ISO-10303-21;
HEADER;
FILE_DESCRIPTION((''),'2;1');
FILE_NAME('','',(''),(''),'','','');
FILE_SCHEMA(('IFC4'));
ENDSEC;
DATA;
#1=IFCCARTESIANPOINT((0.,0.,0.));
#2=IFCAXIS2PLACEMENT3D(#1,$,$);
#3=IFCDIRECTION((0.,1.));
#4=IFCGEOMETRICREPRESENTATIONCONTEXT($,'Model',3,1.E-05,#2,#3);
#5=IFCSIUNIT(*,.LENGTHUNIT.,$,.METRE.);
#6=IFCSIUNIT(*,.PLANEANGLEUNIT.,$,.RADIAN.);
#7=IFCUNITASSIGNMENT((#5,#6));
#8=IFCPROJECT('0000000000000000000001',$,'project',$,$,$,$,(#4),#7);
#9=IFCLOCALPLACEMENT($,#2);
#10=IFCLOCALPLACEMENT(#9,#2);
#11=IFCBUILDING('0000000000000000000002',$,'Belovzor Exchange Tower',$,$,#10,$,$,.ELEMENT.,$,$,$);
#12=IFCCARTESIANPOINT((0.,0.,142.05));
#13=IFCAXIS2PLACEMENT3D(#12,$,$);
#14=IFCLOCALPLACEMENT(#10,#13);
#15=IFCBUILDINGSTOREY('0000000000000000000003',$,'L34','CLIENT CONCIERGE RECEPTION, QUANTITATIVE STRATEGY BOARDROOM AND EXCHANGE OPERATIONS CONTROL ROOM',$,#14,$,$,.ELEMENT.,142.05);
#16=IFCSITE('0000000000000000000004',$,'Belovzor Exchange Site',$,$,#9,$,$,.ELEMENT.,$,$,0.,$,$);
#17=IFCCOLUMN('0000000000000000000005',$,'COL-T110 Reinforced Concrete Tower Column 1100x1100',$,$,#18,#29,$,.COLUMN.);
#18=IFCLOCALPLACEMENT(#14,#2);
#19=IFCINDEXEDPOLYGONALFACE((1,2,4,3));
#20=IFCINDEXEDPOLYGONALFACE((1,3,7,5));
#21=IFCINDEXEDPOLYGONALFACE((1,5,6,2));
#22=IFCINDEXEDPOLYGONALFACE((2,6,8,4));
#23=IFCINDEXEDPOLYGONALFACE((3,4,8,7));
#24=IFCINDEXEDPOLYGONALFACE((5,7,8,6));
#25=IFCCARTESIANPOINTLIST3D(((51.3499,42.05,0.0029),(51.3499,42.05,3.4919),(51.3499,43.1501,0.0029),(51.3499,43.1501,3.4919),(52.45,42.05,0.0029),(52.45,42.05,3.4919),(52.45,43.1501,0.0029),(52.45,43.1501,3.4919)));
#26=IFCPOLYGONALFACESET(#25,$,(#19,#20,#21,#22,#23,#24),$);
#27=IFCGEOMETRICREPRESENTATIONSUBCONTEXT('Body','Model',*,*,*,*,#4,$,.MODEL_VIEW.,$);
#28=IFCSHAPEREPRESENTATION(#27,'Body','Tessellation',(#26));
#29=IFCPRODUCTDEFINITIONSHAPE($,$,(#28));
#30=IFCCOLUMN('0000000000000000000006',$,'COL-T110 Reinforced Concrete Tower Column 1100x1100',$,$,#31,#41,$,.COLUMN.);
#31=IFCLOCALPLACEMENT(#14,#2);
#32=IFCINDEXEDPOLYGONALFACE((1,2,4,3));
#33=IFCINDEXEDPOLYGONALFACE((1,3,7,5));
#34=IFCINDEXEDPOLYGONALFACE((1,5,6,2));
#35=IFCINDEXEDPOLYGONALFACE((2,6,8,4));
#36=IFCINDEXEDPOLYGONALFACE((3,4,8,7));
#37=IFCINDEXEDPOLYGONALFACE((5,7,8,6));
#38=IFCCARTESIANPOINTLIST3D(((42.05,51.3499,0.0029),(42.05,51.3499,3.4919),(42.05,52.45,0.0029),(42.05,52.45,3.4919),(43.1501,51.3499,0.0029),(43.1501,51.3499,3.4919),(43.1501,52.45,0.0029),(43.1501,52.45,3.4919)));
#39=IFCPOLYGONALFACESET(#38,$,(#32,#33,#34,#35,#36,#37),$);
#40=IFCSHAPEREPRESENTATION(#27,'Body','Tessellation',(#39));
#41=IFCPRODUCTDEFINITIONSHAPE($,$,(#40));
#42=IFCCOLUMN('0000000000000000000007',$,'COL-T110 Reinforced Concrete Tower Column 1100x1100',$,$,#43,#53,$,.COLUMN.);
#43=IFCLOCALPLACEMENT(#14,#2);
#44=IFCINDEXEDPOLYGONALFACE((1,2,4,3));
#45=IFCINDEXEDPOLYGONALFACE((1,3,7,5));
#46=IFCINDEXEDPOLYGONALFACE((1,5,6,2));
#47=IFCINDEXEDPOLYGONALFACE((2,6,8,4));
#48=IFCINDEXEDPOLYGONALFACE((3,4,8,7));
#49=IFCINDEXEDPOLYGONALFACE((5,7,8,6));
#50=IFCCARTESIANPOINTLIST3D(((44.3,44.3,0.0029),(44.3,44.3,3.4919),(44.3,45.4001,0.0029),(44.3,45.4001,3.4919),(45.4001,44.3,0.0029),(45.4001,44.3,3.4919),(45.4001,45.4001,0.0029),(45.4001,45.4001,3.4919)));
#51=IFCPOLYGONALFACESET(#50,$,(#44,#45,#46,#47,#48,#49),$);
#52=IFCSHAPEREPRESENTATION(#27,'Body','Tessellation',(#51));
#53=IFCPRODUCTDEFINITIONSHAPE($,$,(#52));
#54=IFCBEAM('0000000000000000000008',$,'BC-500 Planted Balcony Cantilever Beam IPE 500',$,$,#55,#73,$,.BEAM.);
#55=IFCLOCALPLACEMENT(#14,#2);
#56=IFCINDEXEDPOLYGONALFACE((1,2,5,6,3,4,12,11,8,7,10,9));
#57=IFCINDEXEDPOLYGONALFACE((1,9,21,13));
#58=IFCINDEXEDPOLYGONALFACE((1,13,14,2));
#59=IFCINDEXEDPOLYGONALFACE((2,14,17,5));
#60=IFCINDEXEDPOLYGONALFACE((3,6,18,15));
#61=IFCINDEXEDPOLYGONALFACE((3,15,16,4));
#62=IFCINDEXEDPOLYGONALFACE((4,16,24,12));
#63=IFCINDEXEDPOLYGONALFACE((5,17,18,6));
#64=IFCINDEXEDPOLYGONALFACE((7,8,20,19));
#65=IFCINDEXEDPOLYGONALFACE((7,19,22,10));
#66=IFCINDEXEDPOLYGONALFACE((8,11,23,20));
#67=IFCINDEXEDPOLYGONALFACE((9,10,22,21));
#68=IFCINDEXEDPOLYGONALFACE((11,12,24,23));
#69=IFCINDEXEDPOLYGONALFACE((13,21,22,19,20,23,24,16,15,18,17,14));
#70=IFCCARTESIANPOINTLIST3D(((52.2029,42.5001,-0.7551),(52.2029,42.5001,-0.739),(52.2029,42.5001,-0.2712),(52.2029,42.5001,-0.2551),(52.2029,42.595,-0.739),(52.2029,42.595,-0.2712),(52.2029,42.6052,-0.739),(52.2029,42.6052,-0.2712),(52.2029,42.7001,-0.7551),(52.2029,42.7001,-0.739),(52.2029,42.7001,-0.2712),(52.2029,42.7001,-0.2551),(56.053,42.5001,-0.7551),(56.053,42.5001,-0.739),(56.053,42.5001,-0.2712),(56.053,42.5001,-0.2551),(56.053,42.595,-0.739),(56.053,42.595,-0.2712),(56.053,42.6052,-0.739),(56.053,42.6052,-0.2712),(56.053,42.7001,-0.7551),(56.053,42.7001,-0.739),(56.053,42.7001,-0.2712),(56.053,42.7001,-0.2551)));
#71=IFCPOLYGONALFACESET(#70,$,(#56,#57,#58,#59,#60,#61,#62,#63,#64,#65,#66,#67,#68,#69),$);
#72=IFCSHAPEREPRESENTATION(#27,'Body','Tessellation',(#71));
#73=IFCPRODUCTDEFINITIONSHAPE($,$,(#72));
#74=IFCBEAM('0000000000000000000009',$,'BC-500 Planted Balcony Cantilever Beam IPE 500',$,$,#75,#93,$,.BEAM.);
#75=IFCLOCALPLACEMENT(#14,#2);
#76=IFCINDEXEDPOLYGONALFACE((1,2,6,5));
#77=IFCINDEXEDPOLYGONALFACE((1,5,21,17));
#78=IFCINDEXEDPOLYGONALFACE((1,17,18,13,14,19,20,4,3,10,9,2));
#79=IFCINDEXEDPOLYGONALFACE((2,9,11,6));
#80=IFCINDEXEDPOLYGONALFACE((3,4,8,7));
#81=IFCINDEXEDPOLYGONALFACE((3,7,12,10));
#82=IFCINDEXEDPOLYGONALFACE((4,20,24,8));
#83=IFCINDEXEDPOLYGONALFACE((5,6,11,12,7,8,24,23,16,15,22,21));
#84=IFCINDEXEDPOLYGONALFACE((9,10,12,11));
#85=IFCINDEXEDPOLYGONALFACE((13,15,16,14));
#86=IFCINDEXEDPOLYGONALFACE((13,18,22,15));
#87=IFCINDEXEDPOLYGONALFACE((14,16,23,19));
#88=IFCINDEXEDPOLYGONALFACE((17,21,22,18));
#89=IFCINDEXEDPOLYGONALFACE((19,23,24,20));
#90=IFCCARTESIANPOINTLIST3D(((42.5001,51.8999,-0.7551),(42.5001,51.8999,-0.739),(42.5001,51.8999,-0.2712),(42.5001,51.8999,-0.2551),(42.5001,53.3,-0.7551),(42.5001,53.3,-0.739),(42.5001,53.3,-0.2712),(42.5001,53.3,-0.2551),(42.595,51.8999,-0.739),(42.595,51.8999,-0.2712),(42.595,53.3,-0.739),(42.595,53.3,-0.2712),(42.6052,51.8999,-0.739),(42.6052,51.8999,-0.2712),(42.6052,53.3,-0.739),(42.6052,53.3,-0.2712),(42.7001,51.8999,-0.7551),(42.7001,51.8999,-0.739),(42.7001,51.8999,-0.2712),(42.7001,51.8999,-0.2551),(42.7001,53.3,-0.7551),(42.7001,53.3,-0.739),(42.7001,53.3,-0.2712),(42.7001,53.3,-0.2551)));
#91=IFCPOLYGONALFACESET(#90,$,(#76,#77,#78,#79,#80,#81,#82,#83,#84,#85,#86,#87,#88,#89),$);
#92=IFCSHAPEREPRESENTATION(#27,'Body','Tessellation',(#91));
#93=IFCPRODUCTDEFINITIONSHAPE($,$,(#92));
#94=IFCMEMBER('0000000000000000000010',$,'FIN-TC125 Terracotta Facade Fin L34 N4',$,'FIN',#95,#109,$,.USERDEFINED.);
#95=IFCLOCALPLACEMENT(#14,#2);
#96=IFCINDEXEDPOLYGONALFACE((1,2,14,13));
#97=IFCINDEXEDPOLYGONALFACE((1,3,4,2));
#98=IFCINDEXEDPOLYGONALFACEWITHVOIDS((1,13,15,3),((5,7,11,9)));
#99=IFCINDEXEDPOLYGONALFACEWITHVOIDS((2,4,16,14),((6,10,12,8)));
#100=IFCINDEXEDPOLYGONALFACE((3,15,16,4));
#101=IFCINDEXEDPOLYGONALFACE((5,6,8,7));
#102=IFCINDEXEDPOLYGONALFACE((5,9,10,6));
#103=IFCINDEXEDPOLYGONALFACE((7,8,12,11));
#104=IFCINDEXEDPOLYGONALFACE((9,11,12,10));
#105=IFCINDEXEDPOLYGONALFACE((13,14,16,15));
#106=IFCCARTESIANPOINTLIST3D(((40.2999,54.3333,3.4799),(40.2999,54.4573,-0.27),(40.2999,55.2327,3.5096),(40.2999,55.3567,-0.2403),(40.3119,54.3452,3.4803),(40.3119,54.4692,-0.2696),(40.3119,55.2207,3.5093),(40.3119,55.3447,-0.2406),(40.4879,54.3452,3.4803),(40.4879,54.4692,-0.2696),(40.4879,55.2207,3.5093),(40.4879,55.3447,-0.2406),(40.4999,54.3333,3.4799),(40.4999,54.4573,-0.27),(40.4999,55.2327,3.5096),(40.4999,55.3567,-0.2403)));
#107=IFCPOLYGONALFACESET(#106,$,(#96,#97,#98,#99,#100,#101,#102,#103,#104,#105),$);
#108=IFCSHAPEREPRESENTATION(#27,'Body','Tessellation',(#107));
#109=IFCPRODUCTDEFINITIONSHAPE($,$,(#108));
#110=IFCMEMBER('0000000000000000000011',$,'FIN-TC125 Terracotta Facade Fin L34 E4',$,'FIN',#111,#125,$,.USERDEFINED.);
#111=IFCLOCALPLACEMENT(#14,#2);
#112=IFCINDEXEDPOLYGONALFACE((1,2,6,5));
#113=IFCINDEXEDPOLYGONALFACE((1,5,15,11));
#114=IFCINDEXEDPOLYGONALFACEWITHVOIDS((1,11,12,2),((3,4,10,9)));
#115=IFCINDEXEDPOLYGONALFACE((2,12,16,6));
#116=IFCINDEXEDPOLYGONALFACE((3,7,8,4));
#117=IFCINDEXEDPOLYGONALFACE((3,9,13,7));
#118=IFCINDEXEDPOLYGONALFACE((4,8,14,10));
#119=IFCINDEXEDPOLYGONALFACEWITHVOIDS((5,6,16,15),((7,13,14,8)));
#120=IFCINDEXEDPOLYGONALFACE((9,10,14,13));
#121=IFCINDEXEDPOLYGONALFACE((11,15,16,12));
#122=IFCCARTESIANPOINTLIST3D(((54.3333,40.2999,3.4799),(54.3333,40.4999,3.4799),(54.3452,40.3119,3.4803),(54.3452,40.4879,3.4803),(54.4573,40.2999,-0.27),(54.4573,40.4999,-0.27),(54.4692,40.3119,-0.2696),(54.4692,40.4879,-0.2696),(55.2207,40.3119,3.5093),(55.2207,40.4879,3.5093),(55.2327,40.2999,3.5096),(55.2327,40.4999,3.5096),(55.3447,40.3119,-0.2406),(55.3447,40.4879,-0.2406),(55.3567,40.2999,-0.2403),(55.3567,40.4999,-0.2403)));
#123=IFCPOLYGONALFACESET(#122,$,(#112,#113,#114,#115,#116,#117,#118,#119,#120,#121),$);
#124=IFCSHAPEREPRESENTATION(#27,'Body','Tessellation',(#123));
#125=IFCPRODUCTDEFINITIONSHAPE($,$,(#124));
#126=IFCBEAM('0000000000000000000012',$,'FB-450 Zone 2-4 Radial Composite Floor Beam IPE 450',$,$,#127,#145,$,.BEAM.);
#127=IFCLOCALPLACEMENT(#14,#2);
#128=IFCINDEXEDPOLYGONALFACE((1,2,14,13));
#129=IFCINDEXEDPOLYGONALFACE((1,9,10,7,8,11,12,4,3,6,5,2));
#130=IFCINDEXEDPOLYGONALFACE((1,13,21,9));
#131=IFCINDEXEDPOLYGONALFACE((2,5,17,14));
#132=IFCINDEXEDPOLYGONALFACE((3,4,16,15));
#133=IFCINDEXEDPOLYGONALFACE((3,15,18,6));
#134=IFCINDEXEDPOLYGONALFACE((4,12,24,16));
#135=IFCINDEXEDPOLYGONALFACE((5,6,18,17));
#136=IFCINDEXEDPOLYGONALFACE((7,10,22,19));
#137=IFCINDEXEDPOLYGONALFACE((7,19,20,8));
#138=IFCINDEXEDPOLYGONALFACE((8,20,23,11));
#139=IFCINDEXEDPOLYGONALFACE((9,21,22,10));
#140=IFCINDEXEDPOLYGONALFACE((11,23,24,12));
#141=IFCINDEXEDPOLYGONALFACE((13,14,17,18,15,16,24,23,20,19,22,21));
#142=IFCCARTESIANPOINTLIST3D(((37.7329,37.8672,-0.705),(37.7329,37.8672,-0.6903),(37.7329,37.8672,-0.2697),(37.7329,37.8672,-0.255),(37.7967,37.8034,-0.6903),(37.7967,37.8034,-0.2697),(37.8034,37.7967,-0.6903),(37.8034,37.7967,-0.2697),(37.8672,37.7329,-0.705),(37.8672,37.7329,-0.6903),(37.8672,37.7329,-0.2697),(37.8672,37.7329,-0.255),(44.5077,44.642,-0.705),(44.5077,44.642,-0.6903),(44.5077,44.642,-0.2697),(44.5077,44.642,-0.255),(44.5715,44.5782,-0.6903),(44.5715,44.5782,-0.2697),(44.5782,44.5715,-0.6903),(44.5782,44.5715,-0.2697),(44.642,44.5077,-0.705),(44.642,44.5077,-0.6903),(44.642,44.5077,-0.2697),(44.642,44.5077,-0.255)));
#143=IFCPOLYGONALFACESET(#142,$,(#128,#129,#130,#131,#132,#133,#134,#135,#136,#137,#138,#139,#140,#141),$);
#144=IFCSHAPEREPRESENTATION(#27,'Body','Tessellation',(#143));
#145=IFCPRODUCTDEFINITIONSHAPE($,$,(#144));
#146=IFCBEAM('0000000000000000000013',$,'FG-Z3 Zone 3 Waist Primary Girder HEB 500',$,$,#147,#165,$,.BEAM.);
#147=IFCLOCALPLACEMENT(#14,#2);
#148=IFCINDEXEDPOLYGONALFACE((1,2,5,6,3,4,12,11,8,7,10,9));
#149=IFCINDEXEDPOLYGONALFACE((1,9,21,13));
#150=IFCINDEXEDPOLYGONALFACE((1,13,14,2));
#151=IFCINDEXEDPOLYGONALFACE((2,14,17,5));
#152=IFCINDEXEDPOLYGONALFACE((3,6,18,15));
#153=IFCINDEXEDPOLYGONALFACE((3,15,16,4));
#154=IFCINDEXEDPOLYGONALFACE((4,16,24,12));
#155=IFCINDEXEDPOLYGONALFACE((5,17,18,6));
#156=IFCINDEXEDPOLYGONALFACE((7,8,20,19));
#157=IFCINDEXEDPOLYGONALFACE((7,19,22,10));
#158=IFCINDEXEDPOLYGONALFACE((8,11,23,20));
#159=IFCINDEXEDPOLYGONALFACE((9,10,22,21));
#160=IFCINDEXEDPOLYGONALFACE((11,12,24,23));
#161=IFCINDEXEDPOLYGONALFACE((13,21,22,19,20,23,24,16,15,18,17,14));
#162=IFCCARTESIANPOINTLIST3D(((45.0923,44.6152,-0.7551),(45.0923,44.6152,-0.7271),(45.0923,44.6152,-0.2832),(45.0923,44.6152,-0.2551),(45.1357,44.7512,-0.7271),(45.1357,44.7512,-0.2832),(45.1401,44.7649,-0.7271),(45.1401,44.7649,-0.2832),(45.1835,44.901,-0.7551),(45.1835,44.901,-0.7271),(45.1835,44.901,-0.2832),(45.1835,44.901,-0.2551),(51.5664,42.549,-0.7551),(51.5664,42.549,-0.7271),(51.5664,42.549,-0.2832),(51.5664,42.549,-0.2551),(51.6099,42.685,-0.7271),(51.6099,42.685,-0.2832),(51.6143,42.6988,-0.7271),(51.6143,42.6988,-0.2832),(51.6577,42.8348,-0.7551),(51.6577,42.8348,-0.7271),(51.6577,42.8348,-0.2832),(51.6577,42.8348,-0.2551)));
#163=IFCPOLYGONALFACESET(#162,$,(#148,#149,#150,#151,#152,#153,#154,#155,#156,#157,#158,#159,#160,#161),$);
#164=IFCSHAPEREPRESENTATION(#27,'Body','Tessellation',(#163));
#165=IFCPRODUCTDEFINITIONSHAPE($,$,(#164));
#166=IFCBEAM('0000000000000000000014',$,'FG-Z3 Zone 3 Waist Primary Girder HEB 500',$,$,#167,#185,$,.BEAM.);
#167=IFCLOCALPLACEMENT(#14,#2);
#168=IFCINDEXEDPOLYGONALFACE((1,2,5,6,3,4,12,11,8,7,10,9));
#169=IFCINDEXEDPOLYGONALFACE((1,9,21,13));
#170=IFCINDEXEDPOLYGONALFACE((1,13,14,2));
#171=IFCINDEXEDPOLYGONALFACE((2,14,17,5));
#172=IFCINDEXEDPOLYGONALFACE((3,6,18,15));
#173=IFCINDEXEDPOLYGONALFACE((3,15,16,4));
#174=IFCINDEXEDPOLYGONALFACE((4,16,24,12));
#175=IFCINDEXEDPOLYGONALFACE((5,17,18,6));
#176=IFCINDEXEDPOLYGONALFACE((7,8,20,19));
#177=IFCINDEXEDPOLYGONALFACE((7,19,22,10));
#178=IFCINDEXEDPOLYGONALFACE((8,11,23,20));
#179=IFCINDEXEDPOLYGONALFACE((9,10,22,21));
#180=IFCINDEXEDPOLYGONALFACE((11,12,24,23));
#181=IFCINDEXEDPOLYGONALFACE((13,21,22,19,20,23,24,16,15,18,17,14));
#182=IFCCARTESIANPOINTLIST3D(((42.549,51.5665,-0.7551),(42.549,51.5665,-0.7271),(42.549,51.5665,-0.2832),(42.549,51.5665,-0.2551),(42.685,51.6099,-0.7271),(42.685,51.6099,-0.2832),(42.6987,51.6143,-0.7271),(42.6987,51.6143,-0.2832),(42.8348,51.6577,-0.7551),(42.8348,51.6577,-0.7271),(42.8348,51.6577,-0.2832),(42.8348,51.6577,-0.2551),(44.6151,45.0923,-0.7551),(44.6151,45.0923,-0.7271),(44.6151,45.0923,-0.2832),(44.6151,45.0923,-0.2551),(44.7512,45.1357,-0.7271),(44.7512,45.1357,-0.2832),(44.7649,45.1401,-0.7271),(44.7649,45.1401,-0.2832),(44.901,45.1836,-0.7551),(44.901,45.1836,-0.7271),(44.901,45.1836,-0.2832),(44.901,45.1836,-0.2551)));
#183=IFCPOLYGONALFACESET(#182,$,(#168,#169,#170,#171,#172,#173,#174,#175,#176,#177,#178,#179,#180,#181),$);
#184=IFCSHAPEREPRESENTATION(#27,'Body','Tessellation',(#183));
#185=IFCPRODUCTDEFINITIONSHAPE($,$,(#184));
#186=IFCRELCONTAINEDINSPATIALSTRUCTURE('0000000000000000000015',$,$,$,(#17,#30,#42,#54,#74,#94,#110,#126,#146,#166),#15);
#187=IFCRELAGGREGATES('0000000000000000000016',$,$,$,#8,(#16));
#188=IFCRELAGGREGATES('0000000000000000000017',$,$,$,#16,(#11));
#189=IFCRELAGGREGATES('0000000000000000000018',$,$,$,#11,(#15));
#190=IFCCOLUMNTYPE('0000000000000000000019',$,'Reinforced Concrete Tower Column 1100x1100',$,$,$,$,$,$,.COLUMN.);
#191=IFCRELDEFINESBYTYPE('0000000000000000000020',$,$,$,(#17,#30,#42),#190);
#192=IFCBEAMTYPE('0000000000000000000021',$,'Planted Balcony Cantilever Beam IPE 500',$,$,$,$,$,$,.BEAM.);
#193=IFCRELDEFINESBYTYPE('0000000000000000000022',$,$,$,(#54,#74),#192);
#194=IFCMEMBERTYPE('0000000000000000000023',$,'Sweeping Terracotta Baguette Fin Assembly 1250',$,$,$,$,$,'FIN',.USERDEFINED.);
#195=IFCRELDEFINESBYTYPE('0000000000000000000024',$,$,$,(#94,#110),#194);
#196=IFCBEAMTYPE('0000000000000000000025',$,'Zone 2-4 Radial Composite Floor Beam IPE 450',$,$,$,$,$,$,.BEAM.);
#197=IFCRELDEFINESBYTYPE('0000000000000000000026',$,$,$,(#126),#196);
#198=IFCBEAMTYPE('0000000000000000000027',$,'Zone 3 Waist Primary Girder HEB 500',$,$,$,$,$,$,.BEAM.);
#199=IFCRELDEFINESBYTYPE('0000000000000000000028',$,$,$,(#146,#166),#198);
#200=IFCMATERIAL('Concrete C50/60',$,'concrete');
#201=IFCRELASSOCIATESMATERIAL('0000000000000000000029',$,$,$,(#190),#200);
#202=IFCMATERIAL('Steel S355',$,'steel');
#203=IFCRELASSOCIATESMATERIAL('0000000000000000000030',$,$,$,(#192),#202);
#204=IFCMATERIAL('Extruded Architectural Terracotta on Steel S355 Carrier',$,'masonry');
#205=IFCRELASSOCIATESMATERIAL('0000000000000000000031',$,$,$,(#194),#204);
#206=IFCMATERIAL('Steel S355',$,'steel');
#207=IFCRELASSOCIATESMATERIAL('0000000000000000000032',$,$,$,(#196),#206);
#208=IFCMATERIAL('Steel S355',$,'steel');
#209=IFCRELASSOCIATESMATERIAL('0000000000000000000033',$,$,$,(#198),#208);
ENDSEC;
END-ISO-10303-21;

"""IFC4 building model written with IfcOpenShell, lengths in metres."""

from ifc_helpers import new_model, si_unit, direction, frame, origin, origin_2d, place, context, subcontext, project, spatial, rectangle, hollow_rectangle, i_section, extrude, material, material_profile, profile_set, type_object, element, save


model = new_model("IFC4")

# Units and contexts
model_context = context("Model", 3, precision=1e-05, world=origin(), true_north=direction((0.0, 1.0)))
body_context = subcontext(model_context, "Body", "Model", "MODEL_VIEW")
ifc_project = project(units=[si_unit("LENGTHUNIT", "METRE"), si_unit("PLANEANGLEUNIT", "RADIAN")], contexts=[model_context])

# Site, building, storey
site_placement = place(None, origin())
site = spatial("IfcSite", under=ifc_project, at=site_placement, Name="Belovzor Exchange Site", CompositionType="ELEMENT", RefElevation=0.0)
building_placement = place(site_placement, origin())
building = spatial("IfcBuilding", under=site, at=building_placement, Name="Belovzor Exchange Tower", CompositionType="ELEMENT")
storey_placement = place(building_placement, frame((0.0, 0.0, 142.05)))
storey = spatial("IfcBuildingStorey", under=building, at=storey_placement, Name="L34", Description="CLIENT CONCIERGE RECEPTION, QUANTITATIVE STRATEGY BOARDROOM AND EXCHANGE OPERATIONS CONTROL ROOM", CompositionType="ELEMENT", Elevation=142.05)

# Columns
ifc_material_1 = material(Name="Concrete C50/60", Category="concrete")
ifc_material_profile_1 = material_profile(ifc_material_1, rectangle(XDim=1.1001, YDim=1.1001, at=origin_2d()))
ifc_profile_set_1 = profile_set([ifc_material_profile_1], Name="Concrete C50/60")
column_type = type_object("IfcColumnType", Name="Reinforced Concrete Tower Column 1100x1100", PredefinedType="COLUMN", material=ifc_profile_set_1)
for number, where, z_axis, x_axis, name in (
    (1, (51.8999, 42.6001, 0.0029), (0.0, 0.0, 1.0), (1.0, 0.0, 0.0), "COL-T110 Reinforced Concrete Tower Column 1100x1100"),
    (2, (42.6001, 51.8999, 0.0029), (0.0, 0.0, 1.0), (1.0, 0.0, 0.0), "COL-T110 Reinforced Concrete Tower Column 1100x1100"),
    (3, (44.8501, 44.8501, 0.0029), (0.0, 0.0, 1.0), (1.0, 0.0, 0.0), "COL-T110 Reinforced Concrete Tower Column 1100x1100"),
):
    element("IfcColumn", number, at=place(storey_placement, frame(where, z_axis=z_axis, x_axis=x_axis)), inside=storey, type_object=column_type, Name=name, PredefinedType="COLUMN", context=body_context, shape_type="SweptSolid", body=[
        extrude(rectangle(XDim=1.1001, YDim=1.1001, at=origin_2d()), origin(), (0.0, 0.0, 1.0), 3.489),
    ])

# Beams
ifc_material_2 = material(Name="Steel S355", Category="steel")
ifc_material_profile_2 = material_profile(ifc_material_2, i_section(OverallWidth=0.2, OverallDepth=0.5, WebThickness=0.0103, FlangeThickness=0.0161, at=origin_2d()))
ifc_profile_set_2 = profile_set([ifc_material_profile_2], Name="Steel S355")
beam_type_1 = type_object("IfcBeamType", Name="Planted Balcony Cantilever Beam IPE 500", PredefinedType="BEAM", material=ifc_profile_set_2)
beam_1_placement = place(storey_placement, frame((52.2029, 42.6001, -0.5051), z_axis=(1.0, 0.0, 0.0), x_axis=(0.0, 1.0, 0.0)))
element("IfcBeam", 4, at=beam_1_placement, inside=storey, type_object=beam_type_1, Name="BC-500 Planted Balcony Cantilever Beam IPE 500", PredefinedType="BEAM", context=body_context, shape_type="SweptSolid", body=[
    extrude(i_section(OverallWidth=0.2, OverallDepth=0.5, WebThickness=0.0103, FlangeThickness=0.0161, at=origin_2d()), origin(), (0.0, 0.0, 1.0), 3.8501),
])
beam_2_placement = place(storey_placement, frame((42.6001, 51.8999, -0.5051), z_axis=(0.0, 1.0, 0.0), x_axis=(-1.0, 0.0, 0.0)))
element("IfcBeam", 5, at=beam_2_placement, inside=storey, type_object=beam_type_1, Name="BC-500 Planted Balcony Cantilever Beam IPE 500", PredefinedType="BEAM", context=body_context, shape_type="SweptSolid", body=[
    extrude(i_section(OverallWidth=0.2, OverallDepth=0.5, WebThickness=0.0103, FlangeThickness=0.0161, at=origin_2d()), origin(), (0.0, 0.0, 1.0), 1.4001),
])

# Members
ifc_material_3 = material(Name="Extruded Architectural Terracotta on Steel S355 Carrier", Category="masonry")
ifc_material_profile_3 = material_profile(ifc_material_3, hollow_rectangle(XDim=0.2, YDim=0.8999, WallThickness=0.012, at=origin_2d()))
ifc_profile_set_3 = profile_set([ifc_material_profile_3], Name="Extruded Architectural Terracotta on Steel S355 Carrier")
member_type = type_object("IfcMemberType", Name="Sweeping Terracotta Baguette Fin Assembly 1250", ElementType="FIN", PredefinedType="USERDEFINED", material=ifc_profile_set_3)
for number, where, z_axis, x_axis, name in (
    (6, (40.3999, 54.907, -0.2551), (0.0, -0.033055, 0.999454), (1.0, 0.0, 0.0), "FIN-TC125 Terracotta Facade Fin L34 N4"),
    (7, (54.907, 40.3999, -0.2551), (-0.033055, 0.0, 0.999454), (0.0, -1.0, 0.0), "FIN-TC125 Terracotta Facade Fin L34 E4"),
):
    element("IfcMember", number, at=place(storey_placement, frame(where, z_axis=z_axis, x_axis=x_axis)), inside=storey, type_object=member_type, Name=name, ObjectType="FIN", PredefinedType="USERDEFINED", context=body_context, shape_type="SweptSolid", body=[
        extrude(hollow_rectangle(XDim=0.2, YDim=0.8999, WallThickness=0.012, at=origin_2d()), origin(), (0.0, 0.0, 1.0), 3.752),
    ])

# Beams
ifc_material_4 = material(Name="Steel S355", Category="steel")
ifc_material_profile_4 = material_profile(ifc_material_4, i_section(OverallWidth=0.1899, OverallDepth=0.45, WebThickness=0.0095, FlangeThickness=0.0146, at=origin_2d()))
ifc_profile_set_4 = profile_set([ifc_material_profile_4], Name="Steel S355")
beam_type_2 = type_object("IfcBeamType", Name="Zone 2-4 Radial Composite Floor Beam IPE 450", PredefinedType="BEAM", material=ifc_profile_set_4)
beam_3_placement = place(storey_placement, frame((37.8, 37.8, -0.48), z_axis=(0.707107, 0.707107, 0.0), x_axis=(-0.707107, 0.707107, 0.0)))
element("IfcBeam", 8, at=beam_3_placement, inside=storey, type_object=beam_type_2, Name="FB-450 Zone 2-4 Radial Composite Floor Beam IPE 450", PredefinedType="BEAM", context=body_context, shape_type="SweptSolid", body=[
    extrude(i_section(OverallWidth=0.1899, OverallDepth=0.45, WebThickness=0.0095, FlangeThickness=0.0146, at=origin_2d()), origin(), (0.0, 0.0, 1.0), 9.5811),
])
ifc_material_5 = material(Name="Steel S355", Category="steel")
ifc_material_profile_5 = material_profile(ifc_material_5, i_section(OverallWidth=0.3, OverallDepth=0.5, WebThickness=0.0144, FlangeThickness=0.0281, at=origin_2d()))
ifc_profile_set_5 = profile_set([ifc_material_profile_5], Name="Steel S355")
beam_type_3 = type_object("IfcBeamType", Name="Zone 3 Waist Primary Girder HEB 500", PredefinedType="BEAM", material=ifc_profile_set_5)
for number, where, z_axis, x_axis, name in (
    (9, (51.6121, 42.6919, -0.5051), (-0.952661, 0.304034, 0.0), (-0.304034, -0.952661, 0.0), "FG-Z3 Zone 3 Waist Primary Girder HEB 500"),
    (10, (44.7581, 45.1379, -0.5051), (-0.304034, 0.952661, 0.0), (-0.952661, -0.304034, 0.0), "FG-Z3 Zone 3 Waist Primary Girder HEB 500"),
):
    element("IfcBeam", number, at=place(storey_placement, frame(where, z_axis=z_axis, x_axis=x_axis)), inside=storey, type_object=beam_type_3, Name=name, PredefinedType="BEAM", context=body_context, shape_type="SweptSolid", body=[
        extrude(i_section(OverallWidth=0.3, OverallDepth=0.5, WebThickness=0.0144, FlangeThickness=0.0281, at=origin_2d()), origin(), (0.0, 0.0, 1.0), 6.7959),
    ])

save(model, "model.ifc")
